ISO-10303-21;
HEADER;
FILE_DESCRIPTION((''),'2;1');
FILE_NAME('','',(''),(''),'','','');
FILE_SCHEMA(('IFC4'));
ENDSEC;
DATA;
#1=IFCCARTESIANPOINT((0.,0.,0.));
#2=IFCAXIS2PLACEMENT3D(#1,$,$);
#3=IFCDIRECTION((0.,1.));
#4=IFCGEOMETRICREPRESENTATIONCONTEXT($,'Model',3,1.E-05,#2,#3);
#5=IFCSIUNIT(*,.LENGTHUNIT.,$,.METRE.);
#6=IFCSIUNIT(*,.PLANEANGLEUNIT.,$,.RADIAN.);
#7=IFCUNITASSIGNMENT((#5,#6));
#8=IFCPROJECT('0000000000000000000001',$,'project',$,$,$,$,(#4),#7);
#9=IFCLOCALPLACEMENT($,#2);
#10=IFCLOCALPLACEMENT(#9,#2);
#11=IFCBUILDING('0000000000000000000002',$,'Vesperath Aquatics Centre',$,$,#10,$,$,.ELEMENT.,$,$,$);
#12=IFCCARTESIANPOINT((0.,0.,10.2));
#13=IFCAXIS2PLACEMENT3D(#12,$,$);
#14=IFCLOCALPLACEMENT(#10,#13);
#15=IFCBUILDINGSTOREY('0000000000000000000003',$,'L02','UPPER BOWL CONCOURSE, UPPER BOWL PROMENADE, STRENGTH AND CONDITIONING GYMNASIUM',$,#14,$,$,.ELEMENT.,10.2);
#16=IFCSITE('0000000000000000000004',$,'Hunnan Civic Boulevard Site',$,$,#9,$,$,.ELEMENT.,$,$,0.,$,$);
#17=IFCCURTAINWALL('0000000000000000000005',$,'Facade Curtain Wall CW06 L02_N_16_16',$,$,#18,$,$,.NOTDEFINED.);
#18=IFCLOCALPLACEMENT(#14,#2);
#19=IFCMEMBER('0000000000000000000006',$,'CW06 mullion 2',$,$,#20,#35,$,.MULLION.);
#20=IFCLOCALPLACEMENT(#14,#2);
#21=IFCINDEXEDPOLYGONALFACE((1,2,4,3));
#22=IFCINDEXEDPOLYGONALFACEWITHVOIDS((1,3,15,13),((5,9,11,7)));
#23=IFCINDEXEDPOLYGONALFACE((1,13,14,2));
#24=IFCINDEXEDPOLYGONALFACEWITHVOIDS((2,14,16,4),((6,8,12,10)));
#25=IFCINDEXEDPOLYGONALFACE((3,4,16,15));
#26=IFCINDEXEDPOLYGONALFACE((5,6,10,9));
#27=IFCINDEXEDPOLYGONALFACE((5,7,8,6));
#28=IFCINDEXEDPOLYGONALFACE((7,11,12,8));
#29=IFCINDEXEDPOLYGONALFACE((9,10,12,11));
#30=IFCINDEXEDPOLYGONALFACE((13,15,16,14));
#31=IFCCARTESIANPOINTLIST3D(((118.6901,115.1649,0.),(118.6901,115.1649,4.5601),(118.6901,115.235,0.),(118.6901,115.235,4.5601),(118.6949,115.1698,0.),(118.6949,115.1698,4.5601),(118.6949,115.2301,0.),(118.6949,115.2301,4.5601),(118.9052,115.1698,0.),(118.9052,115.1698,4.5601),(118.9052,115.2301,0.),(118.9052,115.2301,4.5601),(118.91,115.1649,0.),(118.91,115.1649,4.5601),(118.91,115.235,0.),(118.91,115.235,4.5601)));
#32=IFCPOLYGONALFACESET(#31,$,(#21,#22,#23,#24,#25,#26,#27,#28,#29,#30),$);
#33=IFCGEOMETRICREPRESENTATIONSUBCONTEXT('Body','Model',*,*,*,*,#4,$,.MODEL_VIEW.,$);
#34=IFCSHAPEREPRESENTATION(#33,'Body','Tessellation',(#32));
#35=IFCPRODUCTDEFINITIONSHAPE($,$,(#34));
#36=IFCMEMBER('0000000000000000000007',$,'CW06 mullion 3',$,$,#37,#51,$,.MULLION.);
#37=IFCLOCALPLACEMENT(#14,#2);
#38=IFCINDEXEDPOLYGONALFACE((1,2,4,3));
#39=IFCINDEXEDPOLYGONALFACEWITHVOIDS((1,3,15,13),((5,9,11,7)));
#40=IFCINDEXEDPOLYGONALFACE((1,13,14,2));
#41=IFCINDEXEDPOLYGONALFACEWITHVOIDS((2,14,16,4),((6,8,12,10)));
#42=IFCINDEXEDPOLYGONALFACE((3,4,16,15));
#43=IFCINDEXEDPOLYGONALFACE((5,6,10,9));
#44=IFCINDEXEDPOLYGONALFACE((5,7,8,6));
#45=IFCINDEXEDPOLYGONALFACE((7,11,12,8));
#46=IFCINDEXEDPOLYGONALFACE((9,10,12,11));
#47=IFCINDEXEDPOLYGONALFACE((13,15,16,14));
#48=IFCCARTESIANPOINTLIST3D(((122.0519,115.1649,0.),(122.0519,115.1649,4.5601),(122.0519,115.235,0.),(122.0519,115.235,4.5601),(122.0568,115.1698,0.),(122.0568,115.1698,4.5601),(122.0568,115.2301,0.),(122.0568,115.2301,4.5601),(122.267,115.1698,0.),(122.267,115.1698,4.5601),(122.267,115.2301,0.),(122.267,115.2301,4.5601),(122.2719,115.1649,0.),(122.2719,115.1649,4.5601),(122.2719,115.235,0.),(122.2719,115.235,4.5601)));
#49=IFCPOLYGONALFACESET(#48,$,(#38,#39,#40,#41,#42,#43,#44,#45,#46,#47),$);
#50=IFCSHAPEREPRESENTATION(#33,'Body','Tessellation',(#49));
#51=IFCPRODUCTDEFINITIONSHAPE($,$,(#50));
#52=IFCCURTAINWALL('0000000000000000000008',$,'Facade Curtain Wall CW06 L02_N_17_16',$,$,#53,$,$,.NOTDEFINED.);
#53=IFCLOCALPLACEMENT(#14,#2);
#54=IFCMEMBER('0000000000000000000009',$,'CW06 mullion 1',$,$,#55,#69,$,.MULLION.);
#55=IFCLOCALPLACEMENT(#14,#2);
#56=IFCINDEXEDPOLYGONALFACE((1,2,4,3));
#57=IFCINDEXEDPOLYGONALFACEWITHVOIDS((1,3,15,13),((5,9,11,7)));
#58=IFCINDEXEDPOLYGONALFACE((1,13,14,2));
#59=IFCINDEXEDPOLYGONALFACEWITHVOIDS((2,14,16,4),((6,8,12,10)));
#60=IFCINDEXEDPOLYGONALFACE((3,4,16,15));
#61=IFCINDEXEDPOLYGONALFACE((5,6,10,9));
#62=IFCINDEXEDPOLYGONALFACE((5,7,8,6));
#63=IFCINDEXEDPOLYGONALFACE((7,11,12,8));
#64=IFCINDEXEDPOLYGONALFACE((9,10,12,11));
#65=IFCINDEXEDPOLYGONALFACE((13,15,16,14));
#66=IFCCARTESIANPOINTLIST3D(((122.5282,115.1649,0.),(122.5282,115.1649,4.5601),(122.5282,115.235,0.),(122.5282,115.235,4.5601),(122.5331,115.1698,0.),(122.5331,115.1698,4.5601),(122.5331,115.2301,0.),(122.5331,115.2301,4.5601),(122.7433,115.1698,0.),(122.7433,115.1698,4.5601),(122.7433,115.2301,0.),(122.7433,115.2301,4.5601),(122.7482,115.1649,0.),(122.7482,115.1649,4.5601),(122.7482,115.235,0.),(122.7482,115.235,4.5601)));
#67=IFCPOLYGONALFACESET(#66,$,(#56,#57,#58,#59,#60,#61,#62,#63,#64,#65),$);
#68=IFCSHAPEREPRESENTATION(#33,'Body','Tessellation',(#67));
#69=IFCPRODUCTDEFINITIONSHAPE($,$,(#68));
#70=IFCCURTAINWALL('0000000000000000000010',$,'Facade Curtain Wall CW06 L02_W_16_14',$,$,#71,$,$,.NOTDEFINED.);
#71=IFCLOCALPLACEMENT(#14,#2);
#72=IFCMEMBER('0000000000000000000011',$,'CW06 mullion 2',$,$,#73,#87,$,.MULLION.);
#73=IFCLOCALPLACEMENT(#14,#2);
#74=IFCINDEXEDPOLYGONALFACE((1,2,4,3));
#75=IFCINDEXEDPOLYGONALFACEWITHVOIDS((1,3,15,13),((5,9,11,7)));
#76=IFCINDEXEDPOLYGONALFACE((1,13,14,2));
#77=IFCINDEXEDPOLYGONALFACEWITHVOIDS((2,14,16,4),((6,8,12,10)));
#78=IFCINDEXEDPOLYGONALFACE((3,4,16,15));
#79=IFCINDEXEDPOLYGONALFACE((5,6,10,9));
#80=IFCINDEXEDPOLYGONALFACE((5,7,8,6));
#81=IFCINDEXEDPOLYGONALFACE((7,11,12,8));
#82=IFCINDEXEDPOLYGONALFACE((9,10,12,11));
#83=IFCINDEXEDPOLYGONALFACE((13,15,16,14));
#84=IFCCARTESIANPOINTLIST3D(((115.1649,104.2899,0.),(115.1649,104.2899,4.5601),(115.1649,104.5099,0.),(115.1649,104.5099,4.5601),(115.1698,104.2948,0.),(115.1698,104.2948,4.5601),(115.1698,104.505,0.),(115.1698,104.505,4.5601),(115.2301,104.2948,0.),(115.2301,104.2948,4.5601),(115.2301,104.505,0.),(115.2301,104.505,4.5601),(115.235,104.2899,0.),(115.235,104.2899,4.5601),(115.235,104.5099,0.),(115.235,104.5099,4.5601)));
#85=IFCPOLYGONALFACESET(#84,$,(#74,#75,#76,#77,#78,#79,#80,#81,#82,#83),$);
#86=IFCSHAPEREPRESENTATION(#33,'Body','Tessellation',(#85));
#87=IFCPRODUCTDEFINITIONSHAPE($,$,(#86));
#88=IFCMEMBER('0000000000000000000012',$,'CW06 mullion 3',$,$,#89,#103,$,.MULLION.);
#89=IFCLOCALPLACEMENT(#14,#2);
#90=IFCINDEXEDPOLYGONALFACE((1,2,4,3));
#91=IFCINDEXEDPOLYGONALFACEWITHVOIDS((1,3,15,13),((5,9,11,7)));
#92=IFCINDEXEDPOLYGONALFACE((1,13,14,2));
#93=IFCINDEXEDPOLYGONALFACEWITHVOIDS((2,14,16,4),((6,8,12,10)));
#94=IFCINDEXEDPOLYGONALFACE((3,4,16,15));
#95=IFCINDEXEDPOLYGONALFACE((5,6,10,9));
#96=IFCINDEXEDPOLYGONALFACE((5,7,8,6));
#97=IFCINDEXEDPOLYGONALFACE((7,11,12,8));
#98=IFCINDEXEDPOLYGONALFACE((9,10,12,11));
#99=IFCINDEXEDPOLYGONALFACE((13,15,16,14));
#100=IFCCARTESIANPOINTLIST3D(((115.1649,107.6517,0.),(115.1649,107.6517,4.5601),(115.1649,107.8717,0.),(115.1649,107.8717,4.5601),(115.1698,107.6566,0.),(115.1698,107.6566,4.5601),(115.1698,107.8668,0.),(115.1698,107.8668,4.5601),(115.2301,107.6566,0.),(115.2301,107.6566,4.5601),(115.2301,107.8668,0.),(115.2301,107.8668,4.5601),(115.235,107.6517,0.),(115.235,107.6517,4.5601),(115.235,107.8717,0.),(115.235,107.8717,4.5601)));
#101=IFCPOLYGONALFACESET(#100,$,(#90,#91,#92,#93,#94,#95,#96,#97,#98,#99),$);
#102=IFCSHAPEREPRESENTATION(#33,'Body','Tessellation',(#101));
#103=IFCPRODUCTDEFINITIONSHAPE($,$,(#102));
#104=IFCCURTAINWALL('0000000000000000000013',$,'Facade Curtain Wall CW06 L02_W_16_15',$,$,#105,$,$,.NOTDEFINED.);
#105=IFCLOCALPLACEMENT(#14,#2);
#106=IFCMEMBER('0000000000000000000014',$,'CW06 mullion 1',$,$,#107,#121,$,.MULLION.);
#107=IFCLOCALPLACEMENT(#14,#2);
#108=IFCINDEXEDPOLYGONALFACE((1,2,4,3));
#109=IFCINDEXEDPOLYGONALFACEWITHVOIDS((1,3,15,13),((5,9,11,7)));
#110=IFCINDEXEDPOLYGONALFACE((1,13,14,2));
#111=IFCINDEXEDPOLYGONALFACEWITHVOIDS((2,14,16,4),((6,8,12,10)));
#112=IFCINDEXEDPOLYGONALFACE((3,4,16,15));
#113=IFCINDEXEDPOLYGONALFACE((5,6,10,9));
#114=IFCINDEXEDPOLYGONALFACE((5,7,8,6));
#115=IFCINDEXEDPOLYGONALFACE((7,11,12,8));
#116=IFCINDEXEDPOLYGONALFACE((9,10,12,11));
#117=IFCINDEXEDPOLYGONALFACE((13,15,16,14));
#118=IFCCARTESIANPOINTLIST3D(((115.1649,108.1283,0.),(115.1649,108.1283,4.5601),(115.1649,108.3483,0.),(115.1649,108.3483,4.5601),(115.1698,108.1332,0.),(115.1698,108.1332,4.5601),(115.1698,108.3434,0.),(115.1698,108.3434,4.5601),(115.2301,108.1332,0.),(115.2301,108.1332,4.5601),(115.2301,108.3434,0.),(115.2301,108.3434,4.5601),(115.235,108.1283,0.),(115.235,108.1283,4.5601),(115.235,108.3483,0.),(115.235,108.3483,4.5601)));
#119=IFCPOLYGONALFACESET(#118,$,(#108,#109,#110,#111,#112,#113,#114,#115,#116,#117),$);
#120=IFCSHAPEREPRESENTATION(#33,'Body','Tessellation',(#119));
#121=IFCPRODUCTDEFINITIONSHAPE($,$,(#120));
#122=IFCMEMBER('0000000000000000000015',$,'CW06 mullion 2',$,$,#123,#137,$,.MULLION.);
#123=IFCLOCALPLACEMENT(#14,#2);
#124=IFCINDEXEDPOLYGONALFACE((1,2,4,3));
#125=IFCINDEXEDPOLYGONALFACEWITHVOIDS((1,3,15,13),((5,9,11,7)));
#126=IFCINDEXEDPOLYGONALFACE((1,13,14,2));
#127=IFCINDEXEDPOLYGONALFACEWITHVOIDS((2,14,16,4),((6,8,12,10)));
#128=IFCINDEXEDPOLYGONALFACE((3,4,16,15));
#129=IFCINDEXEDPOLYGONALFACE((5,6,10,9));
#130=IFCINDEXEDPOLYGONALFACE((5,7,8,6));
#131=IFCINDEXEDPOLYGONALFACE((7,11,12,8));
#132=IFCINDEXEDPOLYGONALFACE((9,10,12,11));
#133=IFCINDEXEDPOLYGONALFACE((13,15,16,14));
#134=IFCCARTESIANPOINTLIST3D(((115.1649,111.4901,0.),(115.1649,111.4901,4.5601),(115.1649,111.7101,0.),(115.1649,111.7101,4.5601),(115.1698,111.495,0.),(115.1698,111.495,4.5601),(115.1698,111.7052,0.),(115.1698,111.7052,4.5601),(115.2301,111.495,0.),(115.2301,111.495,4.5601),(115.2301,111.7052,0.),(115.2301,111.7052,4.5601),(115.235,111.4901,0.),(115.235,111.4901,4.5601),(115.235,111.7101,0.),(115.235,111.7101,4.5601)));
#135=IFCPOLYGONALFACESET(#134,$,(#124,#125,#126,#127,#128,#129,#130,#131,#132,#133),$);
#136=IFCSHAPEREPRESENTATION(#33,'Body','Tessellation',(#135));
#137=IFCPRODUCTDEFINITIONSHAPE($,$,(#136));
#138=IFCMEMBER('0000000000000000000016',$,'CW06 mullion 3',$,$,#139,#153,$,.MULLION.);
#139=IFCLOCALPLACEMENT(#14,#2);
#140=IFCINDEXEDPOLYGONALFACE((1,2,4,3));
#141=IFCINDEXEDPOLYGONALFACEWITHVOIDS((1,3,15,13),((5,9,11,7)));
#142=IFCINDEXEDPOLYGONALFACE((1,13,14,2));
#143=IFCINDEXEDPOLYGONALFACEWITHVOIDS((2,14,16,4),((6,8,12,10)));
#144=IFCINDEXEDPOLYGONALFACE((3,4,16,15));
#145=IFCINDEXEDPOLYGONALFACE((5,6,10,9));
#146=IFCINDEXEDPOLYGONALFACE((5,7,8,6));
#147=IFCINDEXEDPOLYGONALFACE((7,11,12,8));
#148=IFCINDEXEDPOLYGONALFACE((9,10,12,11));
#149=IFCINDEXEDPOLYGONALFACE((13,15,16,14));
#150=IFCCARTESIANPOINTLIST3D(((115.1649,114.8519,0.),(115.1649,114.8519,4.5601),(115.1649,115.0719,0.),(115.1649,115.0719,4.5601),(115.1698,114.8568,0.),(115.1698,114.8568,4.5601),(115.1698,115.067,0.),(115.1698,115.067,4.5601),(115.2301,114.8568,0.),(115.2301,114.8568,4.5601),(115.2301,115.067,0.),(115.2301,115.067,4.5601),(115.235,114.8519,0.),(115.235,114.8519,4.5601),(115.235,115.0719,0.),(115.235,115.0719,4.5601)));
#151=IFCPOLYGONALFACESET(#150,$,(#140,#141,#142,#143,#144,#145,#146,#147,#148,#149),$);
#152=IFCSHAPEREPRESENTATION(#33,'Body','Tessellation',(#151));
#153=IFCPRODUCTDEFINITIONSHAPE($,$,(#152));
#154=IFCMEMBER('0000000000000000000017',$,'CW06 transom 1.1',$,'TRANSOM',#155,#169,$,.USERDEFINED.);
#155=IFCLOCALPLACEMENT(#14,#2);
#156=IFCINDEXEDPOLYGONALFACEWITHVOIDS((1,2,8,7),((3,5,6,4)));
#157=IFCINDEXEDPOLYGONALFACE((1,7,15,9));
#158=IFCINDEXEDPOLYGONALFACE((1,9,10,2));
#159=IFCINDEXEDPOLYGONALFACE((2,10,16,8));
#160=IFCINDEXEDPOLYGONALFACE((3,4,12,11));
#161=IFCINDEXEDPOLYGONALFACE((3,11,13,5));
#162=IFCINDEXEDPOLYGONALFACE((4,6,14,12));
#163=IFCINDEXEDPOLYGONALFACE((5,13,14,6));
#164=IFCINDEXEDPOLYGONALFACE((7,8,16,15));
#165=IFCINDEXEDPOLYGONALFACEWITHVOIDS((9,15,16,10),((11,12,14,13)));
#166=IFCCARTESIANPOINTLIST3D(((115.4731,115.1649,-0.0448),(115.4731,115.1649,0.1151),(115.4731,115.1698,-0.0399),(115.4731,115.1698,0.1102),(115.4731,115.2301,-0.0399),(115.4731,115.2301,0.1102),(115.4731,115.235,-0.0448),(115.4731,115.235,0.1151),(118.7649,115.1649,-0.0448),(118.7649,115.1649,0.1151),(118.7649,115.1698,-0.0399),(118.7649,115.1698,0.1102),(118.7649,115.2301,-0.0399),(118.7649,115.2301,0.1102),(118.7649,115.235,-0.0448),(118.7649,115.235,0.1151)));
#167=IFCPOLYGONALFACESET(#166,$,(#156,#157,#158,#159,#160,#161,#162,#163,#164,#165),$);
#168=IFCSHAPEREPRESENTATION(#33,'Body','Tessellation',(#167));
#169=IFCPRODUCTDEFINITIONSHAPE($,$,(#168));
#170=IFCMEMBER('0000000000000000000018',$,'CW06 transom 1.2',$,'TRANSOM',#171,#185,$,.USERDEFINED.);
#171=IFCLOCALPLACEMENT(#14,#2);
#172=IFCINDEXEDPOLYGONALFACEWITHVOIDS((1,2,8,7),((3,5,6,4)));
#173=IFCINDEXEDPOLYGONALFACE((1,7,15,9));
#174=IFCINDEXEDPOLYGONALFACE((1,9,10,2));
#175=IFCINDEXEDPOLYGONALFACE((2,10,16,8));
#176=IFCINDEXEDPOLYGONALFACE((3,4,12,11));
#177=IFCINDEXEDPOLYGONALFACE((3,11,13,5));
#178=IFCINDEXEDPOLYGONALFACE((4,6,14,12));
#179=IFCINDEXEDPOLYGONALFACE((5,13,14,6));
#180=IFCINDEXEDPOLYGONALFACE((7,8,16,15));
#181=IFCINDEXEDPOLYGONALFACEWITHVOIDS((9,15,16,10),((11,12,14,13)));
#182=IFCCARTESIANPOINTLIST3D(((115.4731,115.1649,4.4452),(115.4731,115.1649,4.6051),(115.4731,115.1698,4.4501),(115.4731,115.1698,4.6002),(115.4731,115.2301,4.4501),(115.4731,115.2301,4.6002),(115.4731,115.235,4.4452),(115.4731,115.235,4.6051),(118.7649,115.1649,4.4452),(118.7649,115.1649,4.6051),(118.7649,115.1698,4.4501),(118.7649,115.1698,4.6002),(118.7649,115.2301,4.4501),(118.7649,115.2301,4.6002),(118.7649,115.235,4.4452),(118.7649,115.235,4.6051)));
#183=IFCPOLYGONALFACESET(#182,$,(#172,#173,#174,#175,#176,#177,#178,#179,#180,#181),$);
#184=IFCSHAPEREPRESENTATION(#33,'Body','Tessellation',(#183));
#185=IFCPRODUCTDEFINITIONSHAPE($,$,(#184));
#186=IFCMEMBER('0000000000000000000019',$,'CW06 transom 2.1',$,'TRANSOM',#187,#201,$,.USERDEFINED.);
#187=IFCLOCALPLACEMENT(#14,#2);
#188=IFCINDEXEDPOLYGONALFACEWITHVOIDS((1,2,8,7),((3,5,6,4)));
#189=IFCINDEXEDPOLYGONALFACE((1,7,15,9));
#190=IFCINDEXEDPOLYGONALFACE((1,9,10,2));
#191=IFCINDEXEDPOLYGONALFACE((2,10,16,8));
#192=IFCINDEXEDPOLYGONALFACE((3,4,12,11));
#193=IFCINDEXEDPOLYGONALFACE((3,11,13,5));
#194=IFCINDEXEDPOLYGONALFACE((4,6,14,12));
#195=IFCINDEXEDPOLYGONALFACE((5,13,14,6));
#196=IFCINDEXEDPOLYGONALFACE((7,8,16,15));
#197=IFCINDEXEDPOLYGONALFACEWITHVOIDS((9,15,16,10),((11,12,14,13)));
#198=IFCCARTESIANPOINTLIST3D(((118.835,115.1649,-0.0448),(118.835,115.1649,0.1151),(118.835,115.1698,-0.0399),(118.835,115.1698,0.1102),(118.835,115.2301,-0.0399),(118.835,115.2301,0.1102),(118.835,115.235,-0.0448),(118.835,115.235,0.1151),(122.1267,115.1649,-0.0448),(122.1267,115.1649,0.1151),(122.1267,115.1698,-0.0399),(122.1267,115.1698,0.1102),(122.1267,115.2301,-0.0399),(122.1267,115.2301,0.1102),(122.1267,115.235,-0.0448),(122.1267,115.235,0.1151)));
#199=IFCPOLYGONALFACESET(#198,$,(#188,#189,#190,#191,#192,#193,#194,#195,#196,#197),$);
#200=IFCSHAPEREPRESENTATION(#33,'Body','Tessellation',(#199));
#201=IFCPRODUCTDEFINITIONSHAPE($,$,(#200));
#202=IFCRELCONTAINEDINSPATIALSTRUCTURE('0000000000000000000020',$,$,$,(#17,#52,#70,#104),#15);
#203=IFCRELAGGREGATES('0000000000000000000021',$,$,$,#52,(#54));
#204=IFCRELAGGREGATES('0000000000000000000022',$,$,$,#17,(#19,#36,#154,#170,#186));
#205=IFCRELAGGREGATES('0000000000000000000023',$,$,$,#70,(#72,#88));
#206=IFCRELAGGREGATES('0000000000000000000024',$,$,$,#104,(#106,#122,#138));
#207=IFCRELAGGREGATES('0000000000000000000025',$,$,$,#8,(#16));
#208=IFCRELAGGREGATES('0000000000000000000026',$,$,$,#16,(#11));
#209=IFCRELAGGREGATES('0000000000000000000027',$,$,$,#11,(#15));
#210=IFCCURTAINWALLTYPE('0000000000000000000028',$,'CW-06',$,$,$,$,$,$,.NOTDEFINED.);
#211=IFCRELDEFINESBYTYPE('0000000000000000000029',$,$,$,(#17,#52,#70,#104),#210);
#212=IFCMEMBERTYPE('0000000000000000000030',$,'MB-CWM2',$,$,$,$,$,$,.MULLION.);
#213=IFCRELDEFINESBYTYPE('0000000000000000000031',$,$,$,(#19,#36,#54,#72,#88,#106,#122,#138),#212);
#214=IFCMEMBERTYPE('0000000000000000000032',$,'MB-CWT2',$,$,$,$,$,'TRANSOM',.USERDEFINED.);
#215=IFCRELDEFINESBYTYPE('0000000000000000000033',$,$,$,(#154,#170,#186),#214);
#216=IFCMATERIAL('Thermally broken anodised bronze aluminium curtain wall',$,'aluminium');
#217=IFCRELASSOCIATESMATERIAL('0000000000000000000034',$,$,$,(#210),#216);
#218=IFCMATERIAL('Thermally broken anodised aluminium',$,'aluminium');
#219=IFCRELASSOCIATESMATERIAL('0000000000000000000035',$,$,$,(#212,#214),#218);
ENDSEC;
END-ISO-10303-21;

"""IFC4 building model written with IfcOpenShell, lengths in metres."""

from ifc_helpers import new_model, si_unit, direction, frame, origin, origin_2d, place, context, subcontext, project, spatial, hollow_rectangle, extrude, material, material_profile, profile_set, type_object, element, aggregate, save


model = new_model("IFC4")

# Units and contexts
model_context = context("Model", 3, precision=1e-05, world=origin(), true_north=direction((0.0, 1.0)))
body_context = subcontext(model_context, "Body", "Model", "MODEL_VIEW")
ifc_project = project(units=[si_unit("LENGTHUNIT", "METRE"), si_unit("PLANEANGLEUNIT", "RADIAN")], contexts=[model_context])

# Site, building, storey
site_placement = place(None, origin())
site = spatial("IfcSite", under=ifc_project, at=site_placement, Name="Hunnan Civic Boulevard Site", CompositionType="ELEMENT", RefElevation=0.0)
building_placement = place(site_placement, origin())
building = spatial("IfcBuilding", under=site, at=building_placement, Name="Vesperath Aquatics Centre", CompositionType="ELEMENT")
storey_placement = place(building_placement, frame((0.0, 0.0, 10.2)))
storey = spatial("IfcBuildingStorey", under=building, at=storey_placement, Name="L02", Description="UPPER BOWL CONCOURSE, UPPER BOWL PROMENADE, STRENGTH AND CONDITIONING GYMNASIUM", CompositionType="ELEMENT", Elevation=10.2)

# Curtain wall, members
ifc_material_1 = material(Name="Thermally broken anodised bronze aluminium curtain wall", Category="aluminium")
curtain_wall_type = type_object("IfcCurtainWallType", Name="CW-06", PredefinedType="NOTDEFINED", material=ifc_material_1)
curtain_wall_1_placement = place(storey_placement, origin())
curtain_wall_1 = element("IfcCurtainWall", 1, at=curtain_wall_1_placement, inside=storey, type_object=curtain_wall_type, Name="Facade Curtain Wall CW06 L02_N_16_16", PredefinedType="NOTDEFINED")
ifc_material_2 = material(Name="Thermally broken anodised aluminium", Category="aluminium")
ifc_material_profile_1 = material_profile(ifc_material_2, hollow_rectangle(XDim=0.0701, YDim=0.22, WallThickness=0.0049, at=origin_2d()), Name="CWM 70x220x5")
ifc_profile_set_1 = profile_set([ifc_material_profile_1], Name="Thermally broken anodised aluminium")
member_type_1 = type_object("IfcMemberType", Name="MB-CWM2", PredefinedType="MULLION", material=ifc_profile_set_1)
member_1_placement = place(storey_placement, frame((118.8, 115.2, 0.0), z_axis=(0.0, 0.0, 1.0), x_axis=(0.0, 1.0, 0.0)))
member_1 = element("IfcMember", 2, at=member_1_placement, type_object=member_type_1, Name="CW06 mullion 2", PredefinedType="MULLION", context=body_context, shape_type="SweptSolid", body=[
    extrude(hollow_rectangle(XDim=0.0701, YDim=0.22, WallThickness=0.0049, at=origin_2d()), origin(), (0.0, 0.0, 1.0), 4.5601),
])
member_2_placement = place(storey_placement, frame((122.1619, 115.2, 0.0), z_axis=(0.0, 0.0, 1.0), x_axis=(0.0, 1.0, 0.0)))
member_2 = element("IfcMember", 3, at=member_2_placement, type_object=member_type_1, Name="CW06 mullion 3", PredefinedType="MULLION", context=body_context, shape_type="SweptSolid", body=[
    extrude(hollow_rectangle(XDim=0.0701, YDim=0.22, WallThickness=0.0049, at=origin_2d()), origin(), (0.0, 0.0, 1.0), 4.5601),
])

# Curtain wall, member
curtain_wall_2_placement = place(storey_placement, origin())
curtain_wall_2 = element("IfcCurtainWall", 4, at=curtain_wall_2_placement, inside=storey, type_object=curtain_wall_type, Name="Facade Curtain Wall CW06 L02_N_17_16", PredefinedType="NOTDEFINED")
member_3_placement = place(storey_placement, frame((122.6382, 115.2, 0.0), z_axis=(0.0, 0.0, 1.0), x_axis=(0.0, 1.0, 0.0)))
member_3 = element("IfcMember", 5, at=member_3_placement, type_object=member_type_1, Name="CW06 mullion 1", PredefinedType="MULLION", context=body_context, shape_type="SweptSolid", body=[
    extrude(hollow_rectangle(XDim=0.0701, YDim=0.22, WallThickness=0.0049, at=origin_2d()), origin(), (0.0, 0.0, 1.0), 4.5601),
])
aggregate(curtain_wall_2, [member_3])

# Curtain walls, members
curtain_wall_3_placement = place(storey_placement, origin())
curtain_wall_3 = element("IfcCurtainWall", 6, at=curtain_wall_3_placement, inside=storey, type_object=curtain_wall_type, Name="Facade Curtain Wall CW06 L02_W_16_14", PredefinedType="NOTDEFINED")
member_4_placement = place(storey_placement, frame((115.2, 104.3999, 0.0), z_axis=(0.0, 0.0, 1.0), x_axis=(-1.0, 0.0, 0.0)))
member_4 = element("IfcMember", 7, at=member_4_placement, type_object=member_type_1, Name="CW06 mullion 2", PredefinedType="MULLION", context=body_context, shape_type="SweptSolid", body=[
    extrude(hollow_rectangle(XDim=0.0701, YDim=0.22, WallThickness=0.0049, at=origin_2d()), origin(), (0.0, 0.0, 1.0), 4.5601),
])
member_5_placement = place(storey_placement, frame((115.2, 107.7617, 0.0), z_axis=(0.0, 0.0, 1.0), x_axis=(-1.0, 0.0, 0.0)))
member_5 = element("IfcMember", 8, at=member_5_placement, type_object=member_type_1, Name="CW06 mullion 3", PredefinedType="MULLION", context=body_context, shape_type="SweptSolid", body=[
    extrude(hollow_rectangle(XDim=0.0701, YDim=0.22, WallThickness=0.0049, at=origin_2d()), origin(), (0.0, 0.0, 1.0), 4.5601),
])
curtain_wall_4_placement = place(storey_placement, origin())
curtain_wall_4 = element("IfcCurtainWall", 9, at=curtain_wall_4_placement, inside=storey, type_object=curtain_wall_type, Name="Facade Curtain Wall CW06 L02_W_16_15", PredefinedType="NOTDEFINED")
member_6_placement = place(storey_placement, frame((115.2, 108.2383, 0.0), z_axis=(0.0, 0.0, 1.0), x_axis=(-1.0, 0.0, 0.0)))
member_6 = element("IfcMember", 10, at=member_6_placement, type_object=member_type_1, Name="CW06 mullion 1", PredefinedType="MULLION", context=body_context, shape_type="SweptSolid", body=[
    extrude(hollow_rectangle(XDim=0.0701, YDim=0.22, WallThickness=0.0049, at=origin_2d()), origin(), (0.0, 0.0, 1.0), 4.5601),
])
member_7_placement = place(storey_placement, frame((115.2, 111.6001, 0.0), z_axis=(0.0, 0.0, 1.0), x_axis=(-1.0, 0.0, 0.0)))
member_7 = element("IfcMember", 11, at=member_7_placement, type_object=member_type_1, Name="CW06 mullion 2", PredefinedType="MULLION", context=body_context, shape_type="SweptSolid", body=[
    extrude(hollow_rectangle(XDim=0.0701, YDim=0.22, WallThickness=0.0049, at=origin_2d()), origin(), (0.0, 0.0, 1.0), 4.5601),
])
member_8_placement = place(storey_placement, frame((115.2, 114.9619, 0.0), z_axis=(0.0, 0.0, 1.0), x_axis=(-1.0, 0.0, 0.0)))
member_8 = element("IfcMember", 12, at=member_8_placement, type_object=member_type_1, Name="CW06 mullion 3", PredefinedType="MULLION", context=body_context, shape_type="SweptSolid", body=[
    extrude(hollow_rectangle(XDim=0.0701, YDim=0.22, WallThickness=0.0049, at=origin_2d()), origin(), (0.0, 0.0, 1.0), 4.5601),
])

# Members
ifc_material_profile_2 = material_profile(ifc_material_2, hollow_rectangle(XDim=0.0701, YDim=0.1599, WallThickness=0.0049, at=origin_2d()), Name="CWT 70x160x5")
ifc_profile_set_2 = profile_set([ifc_material_profile_2], Name="Thermally broken anodised aluminium")
member_type_2 = type_object("IfcMemberType", Name="MB-CWT2", ElementType="TRANSOM", PredefinedType="USERDEFINED", material=ifc_profile_set_2)
member_9_placement = place(storey_placement, frame((115.4731, 115.2, 0.0352), z_axis=(1.0, 0.0, 0.0), x_axis=(0.0, 1.0, 0.0)))
member_9 = element("IfcMember", 13, at=member_9_placement, type_object=member_type_2, Name="CW06 transom 1.1", ObjectType="TRANSOM", PredefinedType="USERDEFINED", context=body_context, shape_type="SweptSolid", body=[
    extrude(hollow_rectangle(XDim=0.0701, YDim=0.1599, WallThickness=0.0049, at=origin_2d()), origin(), (0.0, 0.0, 1.0), 3.2917),
])
member_10_placement = place(storey_placement, frame((115.4731, 115.2, 4.5251), z_axis=(1.0, 0.0, 0.0), x_axis=(0.0, 1.0, 0.0)))
member_10 = element("IfcMember", 14, at=member_10_placement, type_object=member_type_2, Name="CW06 transom 1.2", ObjectType="TRANSOM", PredefinedType="USERDEFINED", context=body_context, shape_type="SweptSolid", body=[
    extrude(hollow_rectangle(XDim=0.0701, YDim=0.1599, WallThickness=0.0049, at=origin_2d()), origin(), (0.0, 0.0, 1.0), 3.2917),
])
member_11_placement = place(storey_placement, frame((118.835, 115.2, 0.0352), z_axis=(1.0, 0.0, 0.0), x_axis=(0.0, 1.0, 0.0)))
member_11 = element("IfcMember", 15, at=member_11_placement, type_object=member_type_2, Name="CW06 transom 2.1", ObjectType="TRANSOM", PredefinedType="USERDEFINED", context=body_context, shape_type="SweptSolid", body=[
    extrude(hollow_rectangle(XDim=0.0701, YDim=0.1599, WallThickness=0.0049, at=origin_2d()), origin(), (0.0, 0.0, 1.0), 3.2917),
])

aggregate(curtain_wall_1, [member_1, member_2, member_9, member_10, member_11])
aggregate(curtain_wall_3, [member_4, member_5])
aggregate(curtain_wall_4, [member_6, member_7, member_8])

save(model, "model.ifc")
